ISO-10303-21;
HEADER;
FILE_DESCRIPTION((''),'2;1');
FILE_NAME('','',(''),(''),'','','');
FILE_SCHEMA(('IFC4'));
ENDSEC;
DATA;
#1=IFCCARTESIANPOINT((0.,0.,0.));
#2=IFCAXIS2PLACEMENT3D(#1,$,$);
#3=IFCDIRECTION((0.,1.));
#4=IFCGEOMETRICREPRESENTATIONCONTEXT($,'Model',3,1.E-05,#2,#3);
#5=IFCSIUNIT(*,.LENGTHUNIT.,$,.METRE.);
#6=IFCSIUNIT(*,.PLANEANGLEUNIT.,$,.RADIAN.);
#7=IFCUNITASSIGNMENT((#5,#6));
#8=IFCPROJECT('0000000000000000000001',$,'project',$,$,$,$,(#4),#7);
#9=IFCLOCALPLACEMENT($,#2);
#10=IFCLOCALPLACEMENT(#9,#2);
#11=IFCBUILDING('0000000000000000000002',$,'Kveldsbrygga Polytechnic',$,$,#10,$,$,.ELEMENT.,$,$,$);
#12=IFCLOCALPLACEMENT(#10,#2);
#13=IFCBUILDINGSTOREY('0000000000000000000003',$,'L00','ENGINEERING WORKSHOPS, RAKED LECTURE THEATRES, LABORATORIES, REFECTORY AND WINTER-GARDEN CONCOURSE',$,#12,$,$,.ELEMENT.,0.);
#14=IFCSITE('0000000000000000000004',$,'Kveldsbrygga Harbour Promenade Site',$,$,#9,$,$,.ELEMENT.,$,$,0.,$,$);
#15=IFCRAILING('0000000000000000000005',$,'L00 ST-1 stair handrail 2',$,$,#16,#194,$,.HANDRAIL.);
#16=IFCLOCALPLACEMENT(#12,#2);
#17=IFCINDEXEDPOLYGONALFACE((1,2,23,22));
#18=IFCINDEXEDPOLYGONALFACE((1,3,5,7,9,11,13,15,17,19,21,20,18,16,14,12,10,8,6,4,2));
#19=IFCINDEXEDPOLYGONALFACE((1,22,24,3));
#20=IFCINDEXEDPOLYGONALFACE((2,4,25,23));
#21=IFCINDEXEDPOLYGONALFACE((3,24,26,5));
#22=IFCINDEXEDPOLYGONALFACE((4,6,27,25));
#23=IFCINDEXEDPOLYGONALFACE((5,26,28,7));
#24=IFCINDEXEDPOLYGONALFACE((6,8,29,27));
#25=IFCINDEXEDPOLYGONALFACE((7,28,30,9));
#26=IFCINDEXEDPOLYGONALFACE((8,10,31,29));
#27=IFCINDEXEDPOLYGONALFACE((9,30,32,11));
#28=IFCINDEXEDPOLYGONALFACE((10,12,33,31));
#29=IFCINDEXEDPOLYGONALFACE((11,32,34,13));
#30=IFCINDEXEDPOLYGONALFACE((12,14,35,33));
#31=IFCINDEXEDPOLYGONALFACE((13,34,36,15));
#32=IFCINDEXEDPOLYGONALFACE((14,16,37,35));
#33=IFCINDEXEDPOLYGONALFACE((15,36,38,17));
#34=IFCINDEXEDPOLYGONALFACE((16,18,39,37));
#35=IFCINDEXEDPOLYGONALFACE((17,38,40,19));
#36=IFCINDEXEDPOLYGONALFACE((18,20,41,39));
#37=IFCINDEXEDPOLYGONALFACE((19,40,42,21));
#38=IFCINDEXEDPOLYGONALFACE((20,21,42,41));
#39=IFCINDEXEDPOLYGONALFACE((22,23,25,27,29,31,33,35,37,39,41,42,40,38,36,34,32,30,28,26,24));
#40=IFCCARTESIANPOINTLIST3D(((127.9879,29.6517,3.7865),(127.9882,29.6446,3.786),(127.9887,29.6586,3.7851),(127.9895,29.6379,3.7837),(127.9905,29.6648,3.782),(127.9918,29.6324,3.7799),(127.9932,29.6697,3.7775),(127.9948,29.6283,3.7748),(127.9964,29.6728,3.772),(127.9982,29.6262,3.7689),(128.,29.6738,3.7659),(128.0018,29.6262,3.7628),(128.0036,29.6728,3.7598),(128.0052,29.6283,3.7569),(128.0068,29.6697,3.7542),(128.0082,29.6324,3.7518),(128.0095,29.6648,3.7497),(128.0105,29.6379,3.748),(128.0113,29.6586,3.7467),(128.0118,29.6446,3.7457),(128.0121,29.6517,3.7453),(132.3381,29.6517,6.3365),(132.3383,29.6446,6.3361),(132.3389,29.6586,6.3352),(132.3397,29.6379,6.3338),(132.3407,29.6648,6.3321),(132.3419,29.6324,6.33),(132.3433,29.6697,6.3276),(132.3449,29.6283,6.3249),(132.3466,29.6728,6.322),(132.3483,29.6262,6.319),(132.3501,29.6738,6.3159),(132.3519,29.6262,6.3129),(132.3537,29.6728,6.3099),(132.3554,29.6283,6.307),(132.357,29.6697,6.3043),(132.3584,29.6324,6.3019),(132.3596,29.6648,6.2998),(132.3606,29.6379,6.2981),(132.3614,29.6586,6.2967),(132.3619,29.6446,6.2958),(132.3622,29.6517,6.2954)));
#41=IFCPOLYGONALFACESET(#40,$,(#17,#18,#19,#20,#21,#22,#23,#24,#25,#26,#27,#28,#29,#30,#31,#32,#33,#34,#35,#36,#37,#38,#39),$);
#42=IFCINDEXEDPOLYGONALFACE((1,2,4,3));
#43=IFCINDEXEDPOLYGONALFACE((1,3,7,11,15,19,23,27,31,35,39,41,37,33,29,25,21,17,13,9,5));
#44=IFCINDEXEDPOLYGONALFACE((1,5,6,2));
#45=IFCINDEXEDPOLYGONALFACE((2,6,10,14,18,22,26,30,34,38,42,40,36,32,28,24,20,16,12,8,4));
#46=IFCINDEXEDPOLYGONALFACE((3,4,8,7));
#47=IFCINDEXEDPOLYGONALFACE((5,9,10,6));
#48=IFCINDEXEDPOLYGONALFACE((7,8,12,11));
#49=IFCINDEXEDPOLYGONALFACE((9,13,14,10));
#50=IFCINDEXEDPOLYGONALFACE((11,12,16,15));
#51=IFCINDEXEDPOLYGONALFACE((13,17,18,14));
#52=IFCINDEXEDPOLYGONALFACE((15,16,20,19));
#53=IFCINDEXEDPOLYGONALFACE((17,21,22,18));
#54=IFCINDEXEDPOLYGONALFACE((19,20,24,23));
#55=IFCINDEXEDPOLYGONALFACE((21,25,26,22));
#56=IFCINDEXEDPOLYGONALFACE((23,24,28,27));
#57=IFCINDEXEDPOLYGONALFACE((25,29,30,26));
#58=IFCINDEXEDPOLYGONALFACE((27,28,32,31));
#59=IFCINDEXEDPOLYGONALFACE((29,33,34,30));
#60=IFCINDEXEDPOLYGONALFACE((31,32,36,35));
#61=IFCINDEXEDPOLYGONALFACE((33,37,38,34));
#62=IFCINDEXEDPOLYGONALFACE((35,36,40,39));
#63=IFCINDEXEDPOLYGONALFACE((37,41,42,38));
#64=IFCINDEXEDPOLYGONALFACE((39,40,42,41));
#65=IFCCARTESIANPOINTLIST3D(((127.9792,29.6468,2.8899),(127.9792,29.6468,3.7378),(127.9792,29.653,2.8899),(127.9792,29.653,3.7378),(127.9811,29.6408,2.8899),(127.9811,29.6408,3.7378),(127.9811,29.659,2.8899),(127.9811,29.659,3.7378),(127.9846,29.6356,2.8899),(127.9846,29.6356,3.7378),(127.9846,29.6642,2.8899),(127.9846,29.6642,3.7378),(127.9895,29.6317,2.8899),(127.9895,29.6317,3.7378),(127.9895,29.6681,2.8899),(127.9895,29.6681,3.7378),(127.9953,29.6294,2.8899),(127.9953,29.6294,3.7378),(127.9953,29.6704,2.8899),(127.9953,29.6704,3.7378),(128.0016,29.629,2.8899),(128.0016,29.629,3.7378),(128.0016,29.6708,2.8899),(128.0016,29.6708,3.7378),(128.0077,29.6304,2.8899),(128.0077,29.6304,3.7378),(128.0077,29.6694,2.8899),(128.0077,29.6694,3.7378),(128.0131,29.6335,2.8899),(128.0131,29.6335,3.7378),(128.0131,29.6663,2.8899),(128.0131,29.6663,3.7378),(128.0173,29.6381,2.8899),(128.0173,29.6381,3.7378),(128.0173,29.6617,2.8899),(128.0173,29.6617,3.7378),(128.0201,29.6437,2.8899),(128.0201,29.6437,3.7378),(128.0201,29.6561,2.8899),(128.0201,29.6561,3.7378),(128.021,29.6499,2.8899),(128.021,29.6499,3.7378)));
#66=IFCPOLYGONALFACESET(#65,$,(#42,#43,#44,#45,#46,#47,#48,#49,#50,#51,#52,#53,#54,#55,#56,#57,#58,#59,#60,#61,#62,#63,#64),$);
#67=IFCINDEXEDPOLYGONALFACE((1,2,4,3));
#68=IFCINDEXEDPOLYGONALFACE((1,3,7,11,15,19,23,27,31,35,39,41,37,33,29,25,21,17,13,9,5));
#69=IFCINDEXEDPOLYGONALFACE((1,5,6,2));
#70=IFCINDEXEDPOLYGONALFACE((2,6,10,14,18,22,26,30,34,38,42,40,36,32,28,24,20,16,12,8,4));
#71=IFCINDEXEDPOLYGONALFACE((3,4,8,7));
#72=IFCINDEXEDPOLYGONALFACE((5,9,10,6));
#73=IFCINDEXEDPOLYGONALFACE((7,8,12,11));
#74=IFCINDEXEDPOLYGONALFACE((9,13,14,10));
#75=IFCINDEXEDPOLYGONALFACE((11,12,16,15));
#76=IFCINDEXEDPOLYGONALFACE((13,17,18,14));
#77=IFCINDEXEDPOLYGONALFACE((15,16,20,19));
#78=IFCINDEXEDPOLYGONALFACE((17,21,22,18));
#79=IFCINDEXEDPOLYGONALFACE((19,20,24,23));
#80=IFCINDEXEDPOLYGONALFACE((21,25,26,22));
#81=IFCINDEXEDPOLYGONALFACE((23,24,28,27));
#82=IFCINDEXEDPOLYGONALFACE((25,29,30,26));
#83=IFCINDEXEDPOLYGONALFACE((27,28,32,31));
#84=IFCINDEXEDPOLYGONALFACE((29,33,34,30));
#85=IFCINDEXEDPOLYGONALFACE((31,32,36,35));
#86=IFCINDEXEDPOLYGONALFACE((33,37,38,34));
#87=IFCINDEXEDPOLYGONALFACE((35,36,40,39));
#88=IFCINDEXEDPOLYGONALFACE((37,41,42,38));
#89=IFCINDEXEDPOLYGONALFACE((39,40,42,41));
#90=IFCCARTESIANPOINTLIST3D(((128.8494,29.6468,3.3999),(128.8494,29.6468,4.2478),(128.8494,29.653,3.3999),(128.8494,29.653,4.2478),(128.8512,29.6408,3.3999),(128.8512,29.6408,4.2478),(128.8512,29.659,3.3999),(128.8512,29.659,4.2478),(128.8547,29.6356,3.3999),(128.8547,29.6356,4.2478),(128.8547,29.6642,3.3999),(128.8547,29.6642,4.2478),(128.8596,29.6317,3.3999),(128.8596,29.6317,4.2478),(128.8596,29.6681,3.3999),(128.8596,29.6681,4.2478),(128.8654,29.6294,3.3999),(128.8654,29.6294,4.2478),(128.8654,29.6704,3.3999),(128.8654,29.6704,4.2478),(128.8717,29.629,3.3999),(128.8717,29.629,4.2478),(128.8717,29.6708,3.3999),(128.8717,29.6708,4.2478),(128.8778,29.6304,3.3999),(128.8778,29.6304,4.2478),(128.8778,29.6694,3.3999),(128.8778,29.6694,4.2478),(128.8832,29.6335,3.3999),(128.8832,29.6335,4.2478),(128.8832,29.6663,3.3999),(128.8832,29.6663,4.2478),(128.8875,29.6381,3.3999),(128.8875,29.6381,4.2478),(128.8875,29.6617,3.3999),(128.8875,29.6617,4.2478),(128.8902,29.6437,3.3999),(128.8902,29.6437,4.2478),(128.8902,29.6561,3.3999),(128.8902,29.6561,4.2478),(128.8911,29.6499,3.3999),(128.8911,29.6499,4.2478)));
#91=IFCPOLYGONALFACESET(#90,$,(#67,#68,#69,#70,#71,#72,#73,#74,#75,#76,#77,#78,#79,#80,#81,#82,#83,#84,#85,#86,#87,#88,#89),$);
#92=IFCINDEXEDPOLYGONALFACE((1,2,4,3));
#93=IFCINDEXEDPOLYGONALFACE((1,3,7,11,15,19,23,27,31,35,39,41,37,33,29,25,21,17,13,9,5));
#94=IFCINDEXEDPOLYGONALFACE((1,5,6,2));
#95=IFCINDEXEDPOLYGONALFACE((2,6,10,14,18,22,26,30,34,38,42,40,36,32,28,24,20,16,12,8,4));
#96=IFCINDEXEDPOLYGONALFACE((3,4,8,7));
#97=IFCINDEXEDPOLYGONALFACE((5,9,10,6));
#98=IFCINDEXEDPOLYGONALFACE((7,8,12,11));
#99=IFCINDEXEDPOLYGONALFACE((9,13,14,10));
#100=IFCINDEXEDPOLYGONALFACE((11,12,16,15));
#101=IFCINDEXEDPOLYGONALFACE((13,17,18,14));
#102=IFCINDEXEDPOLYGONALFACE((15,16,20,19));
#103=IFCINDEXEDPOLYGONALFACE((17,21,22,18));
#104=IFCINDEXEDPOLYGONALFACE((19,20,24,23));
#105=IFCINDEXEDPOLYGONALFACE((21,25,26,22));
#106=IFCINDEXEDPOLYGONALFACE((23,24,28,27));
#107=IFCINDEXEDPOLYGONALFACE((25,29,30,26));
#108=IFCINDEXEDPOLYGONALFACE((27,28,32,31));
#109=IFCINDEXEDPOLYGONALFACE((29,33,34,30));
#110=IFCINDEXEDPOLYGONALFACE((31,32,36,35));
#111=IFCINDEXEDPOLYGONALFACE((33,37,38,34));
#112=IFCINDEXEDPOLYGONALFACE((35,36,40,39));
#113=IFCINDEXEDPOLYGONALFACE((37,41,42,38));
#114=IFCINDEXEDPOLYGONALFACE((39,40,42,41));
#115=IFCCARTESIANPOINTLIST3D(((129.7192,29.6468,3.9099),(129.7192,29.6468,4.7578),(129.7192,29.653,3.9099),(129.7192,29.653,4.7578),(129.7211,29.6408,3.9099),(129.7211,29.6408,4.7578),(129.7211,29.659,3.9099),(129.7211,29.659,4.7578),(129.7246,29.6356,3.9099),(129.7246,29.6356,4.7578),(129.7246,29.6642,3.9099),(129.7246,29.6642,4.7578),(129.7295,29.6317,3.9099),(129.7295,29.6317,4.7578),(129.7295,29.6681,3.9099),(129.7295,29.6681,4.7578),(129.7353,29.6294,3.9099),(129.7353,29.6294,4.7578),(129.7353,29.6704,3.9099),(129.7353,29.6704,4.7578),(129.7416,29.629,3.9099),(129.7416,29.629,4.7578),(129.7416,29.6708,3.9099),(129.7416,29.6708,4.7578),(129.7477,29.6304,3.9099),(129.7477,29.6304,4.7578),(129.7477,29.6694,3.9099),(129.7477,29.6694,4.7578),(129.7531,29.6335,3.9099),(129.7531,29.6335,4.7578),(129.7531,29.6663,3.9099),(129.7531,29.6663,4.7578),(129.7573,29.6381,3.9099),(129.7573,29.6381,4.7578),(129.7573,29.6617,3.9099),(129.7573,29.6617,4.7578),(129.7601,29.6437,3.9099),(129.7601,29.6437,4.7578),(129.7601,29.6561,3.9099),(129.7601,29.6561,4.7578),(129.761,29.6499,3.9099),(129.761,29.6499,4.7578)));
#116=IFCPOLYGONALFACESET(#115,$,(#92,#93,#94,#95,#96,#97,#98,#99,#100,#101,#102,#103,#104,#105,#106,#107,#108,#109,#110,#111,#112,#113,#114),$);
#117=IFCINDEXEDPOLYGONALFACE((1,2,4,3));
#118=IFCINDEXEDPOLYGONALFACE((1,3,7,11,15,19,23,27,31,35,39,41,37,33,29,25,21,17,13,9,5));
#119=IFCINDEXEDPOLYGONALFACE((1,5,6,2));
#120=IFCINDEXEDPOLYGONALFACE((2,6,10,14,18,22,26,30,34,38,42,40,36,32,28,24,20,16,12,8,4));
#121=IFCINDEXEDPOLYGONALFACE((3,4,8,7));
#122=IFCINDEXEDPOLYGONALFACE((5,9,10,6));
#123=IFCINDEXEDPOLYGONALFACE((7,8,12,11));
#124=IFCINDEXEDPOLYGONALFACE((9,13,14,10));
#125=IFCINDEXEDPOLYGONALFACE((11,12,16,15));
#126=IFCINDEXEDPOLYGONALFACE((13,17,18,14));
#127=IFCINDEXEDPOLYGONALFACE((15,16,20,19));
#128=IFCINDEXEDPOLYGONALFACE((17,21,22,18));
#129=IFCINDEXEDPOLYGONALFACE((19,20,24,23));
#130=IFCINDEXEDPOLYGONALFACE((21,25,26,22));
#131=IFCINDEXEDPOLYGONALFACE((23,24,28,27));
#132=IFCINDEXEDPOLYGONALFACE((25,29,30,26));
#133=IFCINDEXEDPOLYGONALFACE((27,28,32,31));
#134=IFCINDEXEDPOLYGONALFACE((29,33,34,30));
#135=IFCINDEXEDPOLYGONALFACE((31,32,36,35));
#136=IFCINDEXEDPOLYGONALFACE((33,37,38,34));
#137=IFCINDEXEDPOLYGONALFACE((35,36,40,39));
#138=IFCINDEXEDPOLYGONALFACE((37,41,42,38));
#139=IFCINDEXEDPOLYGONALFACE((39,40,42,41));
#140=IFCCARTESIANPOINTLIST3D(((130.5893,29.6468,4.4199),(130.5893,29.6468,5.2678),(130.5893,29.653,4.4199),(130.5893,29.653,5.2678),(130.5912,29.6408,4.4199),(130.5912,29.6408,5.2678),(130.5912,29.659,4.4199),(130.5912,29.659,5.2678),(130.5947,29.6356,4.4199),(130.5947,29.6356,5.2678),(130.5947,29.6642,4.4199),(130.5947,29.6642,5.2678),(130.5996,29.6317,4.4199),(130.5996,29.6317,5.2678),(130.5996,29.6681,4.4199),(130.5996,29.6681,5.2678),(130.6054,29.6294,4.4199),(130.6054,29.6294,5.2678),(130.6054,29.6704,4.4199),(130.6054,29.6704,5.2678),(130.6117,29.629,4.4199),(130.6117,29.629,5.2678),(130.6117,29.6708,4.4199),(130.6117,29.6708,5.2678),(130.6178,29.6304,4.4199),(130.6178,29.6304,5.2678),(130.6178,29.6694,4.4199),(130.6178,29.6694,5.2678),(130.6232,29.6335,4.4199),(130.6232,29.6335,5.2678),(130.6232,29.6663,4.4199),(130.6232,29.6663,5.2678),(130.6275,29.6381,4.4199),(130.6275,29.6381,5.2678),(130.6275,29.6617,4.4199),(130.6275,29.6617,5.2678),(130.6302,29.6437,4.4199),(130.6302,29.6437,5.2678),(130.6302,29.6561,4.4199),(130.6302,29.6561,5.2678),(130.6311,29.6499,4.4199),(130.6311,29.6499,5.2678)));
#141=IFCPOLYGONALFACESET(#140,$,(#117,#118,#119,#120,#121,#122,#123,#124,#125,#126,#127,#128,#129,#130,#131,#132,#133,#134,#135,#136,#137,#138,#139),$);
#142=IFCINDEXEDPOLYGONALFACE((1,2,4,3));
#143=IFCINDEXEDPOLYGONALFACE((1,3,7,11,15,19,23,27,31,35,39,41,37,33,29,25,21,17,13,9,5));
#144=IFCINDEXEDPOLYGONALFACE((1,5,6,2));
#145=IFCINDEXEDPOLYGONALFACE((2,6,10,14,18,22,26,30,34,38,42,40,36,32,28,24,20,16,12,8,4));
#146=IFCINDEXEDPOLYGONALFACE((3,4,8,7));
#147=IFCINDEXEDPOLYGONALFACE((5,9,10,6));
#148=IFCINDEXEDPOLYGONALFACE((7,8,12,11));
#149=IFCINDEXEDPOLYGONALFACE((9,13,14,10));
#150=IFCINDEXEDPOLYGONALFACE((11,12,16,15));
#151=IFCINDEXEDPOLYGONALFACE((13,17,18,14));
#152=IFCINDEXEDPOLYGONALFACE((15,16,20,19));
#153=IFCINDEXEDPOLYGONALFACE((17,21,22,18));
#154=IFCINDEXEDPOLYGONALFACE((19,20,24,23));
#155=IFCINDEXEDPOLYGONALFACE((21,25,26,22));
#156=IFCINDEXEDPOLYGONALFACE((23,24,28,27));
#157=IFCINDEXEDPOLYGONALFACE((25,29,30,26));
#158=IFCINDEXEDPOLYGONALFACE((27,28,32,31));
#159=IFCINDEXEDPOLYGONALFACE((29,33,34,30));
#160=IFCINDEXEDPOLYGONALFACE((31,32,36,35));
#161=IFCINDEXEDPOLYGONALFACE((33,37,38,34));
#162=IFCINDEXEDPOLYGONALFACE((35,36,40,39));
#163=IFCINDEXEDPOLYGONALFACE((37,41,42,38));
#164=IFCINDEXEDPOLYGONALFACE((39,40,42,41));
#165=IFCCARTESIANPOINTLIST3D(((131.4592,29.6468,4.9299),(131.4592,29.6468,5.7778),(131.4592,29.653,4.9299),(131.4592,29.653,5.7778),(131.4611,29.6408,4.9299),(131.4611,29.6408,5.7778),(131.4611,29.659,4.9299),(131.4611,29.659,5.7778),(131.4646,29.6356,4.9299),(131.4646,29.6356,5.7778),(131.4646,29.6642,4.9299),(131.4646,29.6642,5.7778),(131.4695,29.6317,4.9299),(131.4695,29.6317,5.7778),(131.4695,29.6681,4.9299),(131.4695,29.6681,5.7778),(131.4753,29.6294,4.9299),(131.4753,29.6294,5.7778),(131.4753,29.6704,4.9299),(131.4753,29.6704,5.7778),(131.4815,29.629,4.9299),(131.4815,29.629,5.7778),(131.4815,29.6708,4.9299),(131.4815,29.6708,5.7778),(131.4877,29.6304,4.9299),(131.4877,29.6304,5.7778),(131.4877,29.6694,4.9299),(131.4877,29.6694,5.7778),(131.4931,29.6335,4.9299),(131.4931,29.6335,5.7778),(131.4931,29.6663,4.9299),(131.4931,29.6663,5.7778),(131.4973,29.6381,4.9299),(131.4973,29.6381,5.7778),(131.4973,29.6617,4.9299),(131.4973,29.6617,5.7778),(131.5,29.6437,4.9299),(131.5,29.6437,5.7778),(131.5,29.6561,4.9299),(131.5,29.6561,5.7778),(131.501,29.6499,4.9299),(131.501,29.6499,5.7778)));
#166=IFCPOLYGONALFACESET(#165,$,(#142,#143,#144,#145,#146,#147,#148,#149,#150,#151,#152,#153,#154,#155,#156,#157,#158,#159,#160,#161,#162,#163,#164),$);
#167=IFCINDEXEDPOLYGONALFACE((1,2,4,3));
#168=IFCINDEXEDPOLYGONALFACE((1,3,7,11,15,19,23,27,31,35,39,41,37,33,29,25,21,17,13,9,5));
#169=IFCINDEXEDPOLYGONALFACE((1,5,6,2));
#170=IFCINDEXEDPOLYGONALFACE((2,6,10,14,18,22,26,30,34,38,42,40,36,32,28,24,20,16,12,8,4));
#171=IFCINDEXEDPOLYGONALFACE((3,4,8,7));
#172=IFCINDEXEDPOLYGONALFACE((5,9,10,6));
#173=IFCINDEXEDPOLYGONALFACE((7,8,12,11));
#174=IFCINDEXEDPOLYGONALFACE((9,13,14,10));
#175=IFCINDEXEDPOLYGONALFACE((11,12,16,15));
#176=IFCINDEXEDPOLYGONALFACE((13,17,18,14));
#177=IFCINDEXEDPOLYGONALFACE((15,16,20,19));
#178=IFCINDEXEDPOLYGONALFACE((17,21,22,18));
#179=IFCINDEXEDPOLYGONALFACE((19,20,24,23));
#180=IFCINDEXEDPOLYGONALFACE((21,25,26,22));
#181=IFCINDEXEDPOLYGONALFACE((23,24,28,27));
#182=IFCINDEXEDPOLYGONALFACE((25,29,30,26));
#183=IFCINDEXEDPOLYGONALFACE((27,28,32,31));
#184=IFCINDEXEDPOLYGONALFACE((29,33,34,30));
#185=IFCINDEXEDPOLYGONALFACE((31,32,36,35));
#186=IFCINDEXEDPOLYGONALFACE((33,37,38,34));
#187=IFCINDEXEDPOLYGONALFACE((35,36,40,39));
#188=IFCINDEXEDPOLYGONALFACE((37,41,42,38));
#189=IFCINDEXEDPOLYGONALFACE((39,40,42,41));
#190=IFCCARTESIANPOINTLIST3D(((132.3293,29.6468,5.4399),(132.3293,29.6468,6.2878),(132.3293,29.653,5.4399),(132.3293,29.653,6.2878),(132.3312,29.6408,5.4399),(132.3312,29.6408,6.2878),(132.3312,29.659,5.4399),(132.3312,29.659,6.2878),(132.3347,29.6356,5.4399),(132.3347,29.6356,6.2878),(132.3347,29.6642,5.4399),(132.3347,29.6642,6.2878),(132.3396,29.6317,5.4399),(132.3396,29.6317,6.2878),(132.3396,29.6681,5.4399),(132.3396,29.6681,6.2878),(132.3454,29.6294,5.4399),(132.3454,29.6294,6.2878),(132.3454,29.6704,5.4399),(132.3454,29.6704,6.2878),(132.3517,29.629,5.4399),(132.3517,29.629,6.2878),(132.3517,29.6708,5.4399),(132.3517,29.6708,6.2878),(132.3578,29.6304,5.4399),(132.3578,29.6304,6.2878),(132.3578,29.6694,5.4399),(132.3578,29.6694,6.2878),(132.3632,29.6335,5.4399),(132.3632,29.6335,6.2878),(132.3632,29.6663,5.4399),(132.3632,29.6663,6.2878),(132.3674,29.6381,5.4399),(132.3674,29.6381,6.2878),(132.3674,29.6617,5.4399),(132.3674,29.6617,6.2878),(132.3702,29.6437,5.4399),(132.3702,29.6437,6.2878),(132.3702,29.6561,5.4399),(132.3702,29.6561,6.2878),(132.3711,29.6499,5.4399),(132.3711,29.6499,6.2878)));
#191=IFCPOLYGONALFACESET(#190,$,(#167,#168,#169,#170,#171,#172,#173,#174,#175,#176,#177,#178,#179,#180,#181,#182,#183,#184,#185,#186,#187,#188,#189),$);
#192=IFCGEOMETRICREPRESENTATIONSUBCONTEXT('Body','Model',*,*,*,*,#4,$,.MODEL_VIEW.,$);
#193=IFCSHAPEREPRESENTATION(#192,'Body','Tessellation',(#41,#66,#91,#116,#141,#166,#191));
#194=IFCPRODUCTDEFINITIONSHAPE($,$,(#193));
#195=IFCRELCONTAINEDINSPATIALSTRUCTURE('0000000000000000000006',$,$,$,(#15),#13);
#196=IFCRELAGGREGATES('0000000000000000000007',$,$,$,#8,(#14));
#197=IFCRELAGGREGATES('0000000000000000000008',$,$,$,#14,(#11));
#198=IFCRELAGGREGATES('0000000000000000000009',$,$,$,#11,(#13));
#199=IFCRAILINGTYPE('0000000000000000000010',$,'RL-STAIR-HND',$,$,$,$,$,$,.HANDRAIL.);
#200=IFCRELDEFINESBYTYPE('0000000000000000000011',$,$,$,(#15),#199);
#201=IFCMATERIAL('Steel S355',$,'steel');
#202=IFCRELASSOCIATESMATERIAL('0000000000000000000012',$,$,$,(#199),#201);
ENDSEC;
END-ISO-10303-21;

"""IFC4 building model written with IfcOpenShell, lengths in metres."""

from ifc_helpers import new_model, si_unit, direction, frame, origin, origin_2d, place, context, subcontext, project, spatial, circle, extrude, material, type_object, element, save


model = new_model("IFC4")

# Units and contexts
model_context = context("Model", 3, precision=1e-05, world=origin(), true_north=direction((0.0, 1.0)))
body_context = subcontext(model_context, "Body", "Model", "MODEL_VIEW")
ifc_project = project(units=[si_unit("LENGTHUNIT", "METRE"), si_unit("PLANEANGLEUNIT", "RADIAN")], contexts=[model_context])

# Site, building, storey
site_placement = place(None, origin())
site = spatial("IfcSite", under=ifc_project, at=site_placement, Name="Kveldsbrygga Harbour Promenade Site", CompositionType="ELEMENT", RefElevation=0.0)
building_placement = place(site_placement, origin())
building = spatial("IfcBuilding", under=site, at=building_placement, Name="Kveldsbrygga Polytechnic", CompositionType="ELEMENT")
storey_placement = place(building_placement, origin())
storey = spatial("IfcBuildingStorey", under=building, at=storey_placement, Name="L00", Description="ENGINEERING WORKSHOPS, RAKED LECTURE THEATRES, LABORATORIES, REFECTORY AND WINTER-GARDEN CONCOURSE", CompositionType="ELEMENT", Elevation=0.0)

# Railing
ifc_material_1 = material(Name="Steel S355", Category="steel")
railing_type_1 = type_object("IfcRailingType", Name="RL-STAIR-HND", PredefinedType="HANDRAIL", material=ifc_material_1)
railing_1_placement = place(storey_placement, frame((128.0, 29.6499, 2.8899)))
element("IfcRailing", 1, at=railing_1_placement, inside=storey, type_object=railing_type_1, Name="L00 ST-1 stair handrail 2", PredefinedType="HANDRAIL", context=body_context, shape_type="SweptSolid", body=[
    extrude(circle(Radius=0.0239, at=origin_2d()), frame((0.0, 0.0, 0.876), z_axis=(0.862699, 0.0, 0.505718), x_axis=(0.0, 1.0, 0.0)), (0.0, 0.0, 1.0), 5.0425),
    extrude(circle(Radius=0.021, at=origin_2d()), origin(), (0.0, 0.0, 1.0), 0.8479),
    extrude(circle(Radius=0.021, at=origin_2d()), frame((0.8701, 0.0, 0.51)), (0.0, 0.0, 1.0), 0.8479),
    extrude(circle(Radius=0.021, at=origin_2d()), frame((1.74, 0.0, 1.02)), (0.0, 0.0, 1.0), 0.8479),
    extrude(circle(Radius=0.021, at=origin_2d()), frame((2.6101, 0.0, 1.53)), (0.0, 0.0, 1.0), 0.8479),
    extrude(circle(Radius=0.021, at=origin_2d()), frame((3.48, 0.0, 2.04)), (0.0, 0.0, 1.0), 0.8479),
    extrude(circle(Radius=0.021, at=origin_2d()), frame((4.3501, 0.0, 2.55)), (0.0, 0.0, 1.0), 0.8479),
])

save(model, "model.ifc")
